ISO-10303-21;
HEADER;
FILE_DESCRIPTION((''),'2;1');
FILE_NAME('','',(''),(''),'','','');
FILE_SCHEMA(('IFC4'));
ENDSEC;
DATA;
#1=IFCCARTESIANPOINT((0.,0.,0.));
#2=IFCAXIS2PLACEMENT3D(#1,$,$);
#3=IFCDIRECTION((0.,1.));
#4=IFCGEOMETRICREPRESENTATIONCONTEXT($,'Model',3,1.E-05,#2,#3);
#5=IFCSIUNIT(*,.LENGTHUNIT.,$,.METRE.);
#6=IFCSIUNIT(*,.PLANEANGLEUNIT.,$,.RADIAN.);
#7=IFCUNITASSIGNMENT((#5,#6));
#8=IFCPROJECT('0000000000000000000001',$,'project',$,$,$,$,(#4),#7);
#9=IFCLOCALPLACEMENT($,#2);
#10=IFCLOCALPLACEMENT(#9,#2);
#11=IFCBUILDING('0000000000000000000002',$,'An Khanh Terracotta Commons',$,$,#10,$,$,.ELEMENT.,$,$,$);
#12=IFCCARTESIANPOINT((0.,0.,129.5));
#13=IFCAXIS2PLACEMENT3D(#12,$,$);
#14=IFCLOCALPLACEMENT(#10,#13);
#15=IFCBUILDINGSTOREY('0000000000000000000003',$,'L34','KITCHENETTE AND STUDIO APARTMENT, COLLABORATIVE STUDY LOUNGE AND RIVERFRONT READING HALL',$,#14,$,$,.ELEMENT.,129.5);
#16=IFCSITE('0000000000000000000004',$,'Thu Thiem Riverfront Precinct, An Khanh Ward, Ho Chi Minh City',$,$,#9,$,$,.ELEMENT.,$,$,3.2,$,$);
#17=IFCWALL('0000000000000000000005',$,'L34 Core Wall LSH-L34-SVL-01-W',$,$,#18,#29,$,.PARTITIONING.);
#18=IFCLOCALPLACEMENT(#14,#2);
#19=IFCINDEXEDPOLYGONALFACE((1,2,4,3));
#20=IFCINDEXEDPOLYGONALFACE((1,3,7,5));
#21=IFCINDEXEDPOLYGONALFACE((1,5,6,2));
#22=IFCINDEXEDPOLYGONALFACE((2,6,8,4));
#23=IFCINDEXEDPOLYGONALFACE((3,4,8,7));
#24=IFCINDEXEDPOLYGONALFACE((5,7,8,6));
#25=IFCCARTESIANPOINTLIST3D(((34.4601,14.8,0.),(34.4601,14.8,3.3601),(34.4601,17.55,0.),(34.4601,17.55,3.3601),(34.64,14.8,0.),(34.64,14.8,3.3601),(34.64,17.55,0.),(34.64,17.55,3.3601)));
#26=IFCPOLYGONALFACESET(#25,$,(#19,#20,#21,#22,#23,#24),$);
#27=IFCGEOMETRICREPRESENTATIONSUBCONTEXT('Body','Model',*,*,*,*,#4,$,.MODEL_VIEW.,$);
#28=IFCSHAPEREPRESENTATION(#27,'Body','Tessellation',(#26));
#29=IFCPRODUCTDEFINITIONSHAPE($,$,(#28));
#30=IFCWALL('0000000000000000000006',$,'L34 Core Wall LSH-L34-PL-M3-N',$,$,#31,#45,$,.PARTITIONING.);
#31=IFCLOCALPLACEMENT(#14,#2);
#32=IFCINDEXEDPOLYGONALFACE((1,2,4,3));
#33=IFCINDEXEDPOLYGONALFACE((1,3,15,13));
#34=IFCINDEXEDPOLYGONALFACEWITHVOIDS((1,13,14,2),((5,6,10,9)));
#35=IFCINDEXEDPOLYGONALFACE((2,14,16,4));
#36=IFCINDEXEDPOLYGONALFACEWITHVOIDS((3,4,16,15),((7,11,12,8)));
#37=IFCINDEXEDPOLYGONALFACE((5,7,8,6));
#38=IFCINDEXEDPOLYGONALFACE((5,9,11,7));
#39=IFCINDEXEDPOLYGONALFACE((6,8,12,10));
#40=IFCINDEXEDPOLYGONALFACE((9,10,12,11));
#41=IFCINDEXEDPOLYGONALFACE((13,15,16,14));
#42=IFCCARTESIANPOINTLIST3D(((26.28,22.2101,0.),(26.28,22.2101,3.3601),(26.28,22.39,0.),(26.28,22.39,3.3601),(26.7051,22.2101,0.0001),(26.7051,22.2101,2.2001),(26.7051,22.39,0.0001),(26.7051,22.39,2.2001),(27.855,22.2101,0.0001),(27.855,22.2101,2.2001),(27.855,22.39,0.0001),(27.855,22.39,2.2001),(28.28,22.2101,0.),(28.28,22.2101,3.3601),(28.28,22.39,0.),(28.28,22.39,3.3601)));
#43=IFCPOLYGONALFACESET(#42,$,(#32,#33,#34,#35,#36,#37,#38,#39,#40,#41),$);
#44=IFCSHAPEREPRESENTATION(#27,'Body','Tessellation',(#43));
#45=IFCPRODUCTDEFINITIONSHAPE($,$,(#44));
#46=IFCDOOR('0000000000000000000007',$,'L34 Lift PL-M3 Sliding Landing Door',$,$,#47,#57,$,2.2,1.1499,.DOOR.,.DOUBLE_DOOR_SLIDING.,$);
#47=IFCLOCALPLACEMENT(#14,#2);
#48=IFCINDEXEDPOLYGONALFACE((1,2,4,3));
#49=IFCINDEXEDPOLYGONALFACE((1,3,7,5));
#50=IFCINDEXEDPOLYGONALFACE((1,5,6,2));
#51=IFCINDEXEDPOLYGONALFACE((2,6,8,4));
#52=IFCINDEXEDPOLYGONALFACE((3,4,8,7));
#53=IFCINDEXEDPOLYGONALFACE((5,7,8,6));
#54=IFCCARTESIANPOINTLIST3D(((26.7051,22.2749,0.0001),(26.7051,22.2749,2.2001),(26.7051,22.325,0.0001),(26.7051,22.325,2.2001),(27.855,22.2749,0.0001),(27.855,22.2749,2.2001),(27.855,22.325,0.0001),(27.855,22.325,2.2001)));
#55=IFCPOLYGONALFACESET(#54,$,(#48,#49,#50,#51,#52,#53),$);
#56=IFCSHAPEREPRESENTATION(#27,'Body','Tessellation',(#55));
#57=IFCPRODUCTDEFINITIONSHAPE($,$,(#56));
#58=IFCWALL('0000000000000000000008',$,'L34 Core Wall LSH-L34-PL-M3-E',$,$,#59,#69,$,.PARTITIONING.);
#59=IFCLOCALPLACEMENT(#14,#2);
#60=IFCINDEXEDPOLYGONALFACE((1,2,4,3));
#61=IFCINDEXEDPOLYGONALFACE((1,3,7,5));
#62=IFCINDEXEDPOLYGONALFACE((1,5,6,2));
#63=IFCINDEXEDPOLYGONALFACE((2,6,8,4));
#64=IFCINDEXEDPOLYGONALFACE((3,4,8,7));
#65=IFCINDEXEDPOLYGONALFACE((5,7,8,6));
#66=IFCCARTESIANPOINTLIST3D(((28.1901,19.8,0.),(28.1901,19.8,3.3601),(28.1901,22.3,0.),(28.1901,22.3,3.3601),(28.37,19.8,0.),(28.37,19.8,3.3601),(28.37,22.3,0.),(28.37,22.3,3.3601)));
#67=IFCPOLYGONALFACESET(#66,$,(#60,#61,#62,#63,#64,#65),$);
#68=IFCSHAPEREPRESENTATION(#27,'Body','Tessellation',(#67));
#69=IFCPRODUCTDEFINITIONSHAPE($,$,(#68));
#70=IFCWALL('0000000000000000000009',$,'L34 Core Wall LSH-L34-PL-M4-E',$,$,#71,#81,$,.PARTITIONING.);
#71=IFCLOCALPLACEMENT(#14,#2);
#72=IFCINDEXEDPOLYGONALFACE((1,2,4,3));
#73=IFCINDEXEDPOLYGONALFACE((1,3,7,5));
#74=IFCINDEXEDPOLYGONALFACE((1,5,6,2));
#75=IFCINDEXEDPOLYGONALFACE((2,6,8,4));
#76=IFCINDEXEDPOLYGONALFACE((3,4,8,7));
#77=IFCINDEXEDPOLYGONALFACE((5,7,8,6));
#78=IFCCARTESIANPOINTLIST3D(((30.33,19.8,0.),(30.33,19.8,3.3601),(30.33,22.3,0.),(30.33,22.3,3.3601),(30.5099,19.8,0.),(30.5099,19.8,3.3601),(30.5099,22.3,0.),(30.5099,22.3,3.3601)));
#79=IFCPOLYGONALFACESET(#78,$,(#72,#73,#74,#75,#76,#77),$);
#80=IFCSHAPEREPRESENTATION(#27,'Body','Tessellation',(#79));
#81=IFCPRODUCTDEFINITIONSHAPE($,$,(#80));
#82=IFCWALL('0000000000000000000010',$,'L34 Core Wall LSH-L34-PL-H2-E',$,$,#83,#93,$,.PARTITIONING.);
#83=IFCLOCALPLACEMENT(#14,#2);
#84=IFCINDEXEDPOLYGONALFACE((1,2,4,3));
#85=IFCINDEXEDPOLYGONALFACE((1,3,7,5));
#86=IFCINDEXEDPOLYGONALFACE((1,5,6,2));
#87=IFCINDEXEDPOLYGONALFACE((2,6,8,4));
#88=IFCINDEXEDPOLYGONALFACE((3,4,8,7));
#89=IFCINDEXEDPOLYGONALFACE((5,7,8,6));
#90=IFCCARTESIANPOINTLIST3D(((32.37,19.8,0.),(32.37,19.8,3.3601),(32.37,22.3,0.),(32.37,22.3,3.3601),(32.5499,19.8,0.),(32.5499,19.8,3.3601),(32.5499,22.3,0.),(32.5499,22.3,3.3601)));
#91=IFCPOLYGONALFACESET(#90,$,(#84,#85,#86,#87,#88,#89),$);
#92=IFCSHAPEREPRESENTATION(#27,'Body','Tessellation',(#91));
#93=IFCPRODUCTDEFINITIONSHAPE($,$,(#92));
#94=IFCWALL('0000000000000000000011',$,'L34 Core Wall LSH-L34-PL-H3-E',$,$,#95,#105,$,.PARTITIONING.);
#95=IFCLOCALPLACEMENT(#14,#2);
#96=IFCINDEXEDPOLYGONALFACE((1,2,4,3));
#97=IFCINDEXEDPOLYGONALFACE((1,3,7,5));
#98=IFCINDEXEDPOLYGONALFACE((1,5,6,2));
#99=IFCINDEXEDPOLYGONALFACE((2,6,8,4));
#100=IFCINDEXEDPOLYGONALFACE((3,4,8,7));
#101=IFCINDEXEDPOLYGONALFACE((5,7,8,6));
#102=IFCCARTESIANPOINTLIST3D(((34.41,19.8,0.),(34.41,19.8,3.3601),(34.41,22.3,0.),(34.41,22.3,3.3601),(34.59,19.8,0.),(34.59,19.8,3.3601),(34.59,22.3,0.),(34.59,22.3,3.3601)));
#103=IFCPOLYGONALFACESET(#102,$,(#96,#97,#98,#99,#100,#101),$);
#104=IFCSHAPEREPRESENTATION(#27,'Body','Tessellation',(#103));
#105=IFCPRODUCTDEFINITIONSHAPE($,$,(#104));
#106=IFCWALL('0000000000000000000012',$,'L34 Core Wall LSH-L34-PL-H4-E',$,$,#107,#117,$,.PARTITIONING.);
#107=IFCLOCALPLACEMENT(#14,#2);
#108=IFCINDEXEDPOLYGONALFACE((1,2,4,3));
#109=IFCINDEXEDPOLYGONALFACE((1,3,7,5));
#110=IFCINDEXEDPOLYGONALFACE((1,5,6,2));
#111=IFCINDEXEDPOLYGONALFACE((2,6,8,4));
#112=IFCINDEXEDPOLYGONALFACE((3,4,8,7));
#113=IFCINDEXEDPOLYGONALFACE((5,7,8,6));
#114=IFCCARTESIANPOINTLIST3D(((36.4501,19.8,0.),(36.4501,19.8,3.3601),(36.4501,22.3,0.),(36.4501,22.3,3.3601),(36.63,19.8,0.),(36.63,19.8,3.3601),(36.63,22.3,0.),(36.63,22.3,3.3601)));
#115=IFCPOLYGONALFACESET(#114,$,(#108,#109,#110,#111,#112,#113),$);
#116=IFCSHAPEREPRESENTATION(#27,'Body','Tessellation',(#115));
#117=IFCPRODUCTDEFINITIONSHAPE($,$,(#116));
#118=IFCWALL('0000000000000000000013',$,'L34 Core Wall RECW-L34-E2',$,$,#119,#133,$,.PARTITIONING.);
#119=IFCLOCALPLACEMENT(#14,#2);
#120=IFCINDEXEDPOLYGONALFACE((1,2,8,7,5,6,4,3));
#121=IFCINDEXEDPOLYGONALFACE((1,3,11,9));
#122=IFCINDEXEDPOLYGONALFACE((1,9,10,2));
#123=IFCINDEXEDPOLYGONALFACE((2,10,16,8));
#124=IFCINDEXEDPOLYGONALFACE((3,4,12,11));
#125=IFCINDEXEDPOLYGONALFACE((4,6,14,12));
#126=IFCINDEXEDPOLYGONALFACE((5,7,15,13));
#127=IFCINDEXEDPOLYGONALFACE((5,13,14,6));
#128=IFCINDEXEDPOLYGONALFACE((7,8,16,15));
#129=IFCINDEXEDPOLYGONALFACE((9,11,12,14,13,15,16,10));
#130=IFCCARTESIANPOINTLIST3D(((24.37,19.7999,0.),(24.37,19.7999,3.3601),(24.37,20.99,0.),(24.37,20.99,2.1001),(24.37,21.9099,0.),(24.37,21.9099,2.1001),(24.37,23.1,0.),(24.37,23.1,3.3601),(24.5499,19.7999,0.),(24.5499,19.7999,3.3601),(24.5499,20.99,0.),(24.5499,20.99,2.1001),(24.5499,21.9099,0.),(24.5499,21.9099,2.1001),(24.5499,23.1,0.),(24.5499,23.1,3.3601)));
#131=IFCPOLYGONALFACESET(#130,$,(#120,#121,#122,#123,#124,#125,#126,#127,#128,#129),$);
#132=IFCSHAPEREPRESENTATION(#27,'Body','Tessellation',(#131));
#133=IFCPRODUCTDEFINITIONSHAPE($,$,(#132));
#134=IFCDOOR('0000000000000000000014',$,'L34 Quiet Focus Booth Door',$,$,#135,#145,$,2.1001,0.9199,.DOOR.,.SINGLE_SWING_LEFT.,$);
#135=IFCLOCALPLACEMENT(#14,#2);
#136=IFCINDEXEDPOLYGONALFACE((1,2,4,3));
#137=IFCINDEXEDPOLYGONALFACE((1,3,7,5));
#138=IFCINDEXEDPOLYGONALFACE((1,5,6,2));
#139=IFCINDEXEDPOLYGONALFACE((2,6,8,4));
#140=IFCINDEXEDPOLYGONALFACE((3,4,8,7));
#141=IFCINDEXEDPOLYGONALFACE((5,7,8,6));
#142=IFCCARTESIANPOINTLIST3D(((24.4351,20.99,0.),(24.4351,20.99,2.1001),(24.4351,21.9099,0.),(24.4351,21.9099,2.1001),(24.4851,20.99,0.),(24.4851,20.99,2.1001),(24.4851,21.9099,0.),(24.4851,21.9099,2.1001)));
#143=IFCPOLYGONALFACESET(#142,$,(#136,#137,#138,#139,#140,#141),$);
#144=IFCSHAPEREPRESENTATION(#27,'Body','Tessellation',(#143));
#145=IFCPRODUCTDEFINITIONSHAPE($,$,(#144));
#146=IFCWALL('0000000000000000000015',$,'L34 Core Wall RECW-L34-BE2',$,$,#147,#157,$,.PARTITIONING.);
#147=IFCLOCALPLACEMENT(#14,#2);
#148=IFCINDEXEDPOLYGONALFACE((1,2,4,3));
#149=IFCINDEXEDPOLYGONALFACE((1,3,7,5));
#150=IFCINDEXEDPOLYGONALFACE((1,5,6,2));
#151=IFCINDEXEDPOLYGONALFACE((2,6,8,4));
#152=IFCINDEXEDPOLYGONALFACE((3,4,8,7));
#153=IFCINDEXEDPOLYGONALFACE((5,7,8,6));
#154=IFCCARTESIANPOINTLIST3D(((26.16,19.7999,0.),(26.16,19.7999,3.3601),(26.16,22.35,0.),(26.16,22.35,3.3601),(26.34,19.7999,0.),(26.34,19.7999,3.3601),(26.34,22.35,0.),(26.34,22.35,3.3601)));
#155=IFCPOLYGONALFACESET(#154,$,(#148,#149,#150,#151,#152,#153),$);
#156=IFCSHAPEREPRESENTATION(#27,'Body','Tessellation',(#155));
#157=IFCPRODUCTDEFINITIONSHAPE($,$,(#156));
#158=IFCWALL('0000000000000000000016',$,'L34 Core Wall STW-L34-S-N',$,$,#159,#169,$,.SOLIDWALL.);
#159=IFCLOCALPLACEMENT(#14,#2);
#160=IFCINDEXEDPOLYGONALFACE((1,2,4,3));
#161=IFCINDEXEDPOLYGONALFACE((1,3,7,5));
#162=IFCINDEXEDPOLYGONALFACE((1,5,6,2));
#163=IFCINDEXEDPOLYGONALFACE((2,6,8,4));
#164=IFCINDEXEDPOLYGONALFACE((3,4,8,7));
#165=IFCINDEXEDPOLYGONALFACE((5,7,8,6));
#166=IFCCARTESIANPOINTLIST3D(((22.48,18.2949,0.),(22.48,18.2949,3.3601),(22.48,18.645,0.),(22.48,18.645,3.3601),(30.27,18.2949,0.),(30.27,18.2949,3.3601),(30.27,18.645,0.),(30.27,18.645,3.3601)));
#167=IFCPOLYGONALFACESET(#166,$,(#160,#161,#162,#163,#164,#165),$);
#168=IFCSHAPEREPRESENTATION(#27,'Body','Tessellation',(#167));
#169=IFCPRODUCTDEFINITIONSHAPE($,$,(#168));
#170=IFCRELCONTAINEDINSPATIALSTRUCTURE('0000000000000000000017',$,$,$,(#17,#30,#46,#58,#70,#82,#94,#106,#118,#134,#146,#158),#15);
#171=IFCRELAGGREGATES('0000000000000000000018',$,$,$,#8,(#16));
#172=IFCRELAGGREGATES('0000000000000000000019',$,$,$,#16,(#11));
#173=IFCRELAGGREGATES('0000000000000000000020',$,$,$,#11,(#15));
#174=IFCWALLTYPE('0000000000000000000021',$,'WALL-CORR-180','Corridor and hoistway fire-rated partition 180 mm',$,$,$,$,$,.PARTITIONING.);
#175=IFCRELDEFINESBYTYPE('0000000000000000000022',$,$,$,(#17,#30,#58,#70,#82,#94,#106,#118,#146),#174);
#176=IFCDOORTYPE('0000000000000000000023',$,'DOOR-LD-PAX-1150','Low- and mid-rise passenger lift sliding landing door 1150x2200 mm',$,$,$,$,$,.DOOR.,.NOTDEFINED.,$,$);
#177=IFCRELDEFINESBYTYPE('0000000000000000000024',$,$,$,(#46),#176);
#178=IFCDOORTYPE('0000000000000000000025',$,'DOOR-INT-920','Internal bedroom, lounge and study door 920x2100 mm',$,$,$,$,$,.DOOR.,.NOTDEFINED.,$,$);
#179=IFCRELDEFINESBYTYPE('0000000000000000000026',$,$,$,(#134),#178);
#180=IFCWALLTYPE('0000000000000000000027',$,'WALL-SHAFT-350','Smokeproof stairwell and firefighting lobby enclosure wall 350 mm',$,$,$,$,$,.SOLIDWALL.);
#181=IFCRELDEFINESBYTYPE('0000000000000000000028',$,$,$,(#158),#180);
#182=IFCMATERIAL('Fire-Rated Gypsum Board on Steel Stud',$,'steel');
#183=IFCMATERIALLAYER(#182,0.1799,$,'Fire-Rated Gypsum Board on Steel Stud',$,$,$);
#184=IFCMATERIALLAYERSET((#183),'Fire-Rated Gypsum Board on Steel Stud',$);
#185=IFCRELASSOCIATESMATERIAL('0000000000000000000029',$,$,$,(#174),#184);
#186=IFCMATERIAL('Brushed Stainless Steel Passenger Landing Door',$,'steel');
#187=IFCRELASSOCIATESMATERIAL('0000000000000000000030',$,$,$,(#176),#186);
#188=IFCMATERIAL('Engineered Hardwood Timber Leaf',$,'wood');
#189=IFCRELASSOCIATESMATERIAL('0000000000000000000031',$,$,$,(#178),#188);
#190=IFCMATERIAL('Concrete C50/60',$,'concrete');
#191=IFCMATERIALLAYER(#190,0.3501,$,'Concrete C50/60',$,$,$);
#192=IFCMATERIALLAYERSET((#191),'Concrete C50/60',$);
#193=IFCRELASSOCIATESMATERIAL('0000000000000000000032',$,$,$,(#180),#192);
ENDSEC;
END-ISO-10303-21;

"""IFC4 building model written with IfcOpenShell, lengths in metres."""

from ifc_helpers import new_model, si_unit, direction, frame, frame_2d, origin, place, context, subcontext, project, spatial, rectangle, extrude, material, layer, layer_set, type_object, element, fill, save


model = new_model("IFC4")

# Units and contexts
model_context = context("Model", 3, precision=1e-05, world=origin(), true_north=direction((0.0, 1.0)))
body_context = subcontext(model_context, "Body", "Model", "MODEL_VIEW")
ifc_project = project(units=[si_unit("LENGTHUNIT", "METRE"), si_unit("PLANEANGLEUNIT", "RADIAN")], contexts=[model_context])

# Site, building, storey
site_placement = place(None, origin())
site = spatial("IfcSite", under=ifc_project, at=site_placement, Name="Thu Thiem Riverfront Precinct, An Khanh Ward, Ho Chi Minh City", CompositionType="ELEMENT", RefElevation=3.2)
building_placement = place(site_placement, origin())
building = spatial("IfcBuilding", under=site, at=building_placement, Name="An Khanh Terracotta Commons", CompositionType="ELEMENT")
storey_placement = place(building_placement, frame((0.0, 0.0, 129.5)))
storey = spatial("IfcBuildingStorey", under=building, at=storey_placement, Name="L34", Description="KITCHENETTE AND STUDIO APARTMENT, COLLABORATIVE STUDY LOUNGE AND RIVERFRONT READING HALL", CompositionType="ELEMENT", Elevation=129.5)

# Shared definitions
ifc_material_1 = material(Name="Fire-Rated Gypsum Board on Steel Stud", Category="steel")
ifc_layer_1 = layer(ifc_material_1, 0.1799, Name="Fire-Rated Gypsum Board on Steel Stud")
ifc_layer_set_1 = layer_set([ifc_layer_1], Name="Fire-Rated Gypsum Board on Steel Stud")
wall_type_1 = type_object("IfcWallType", Name="WALL-CORR-180", Description="Corridor and hoistway fire-rated partition 180 mm", PredefinedType="PARTITIONING", material=ifc_layer_set_1)

# Wall
wall_1_placement = place(storey_placement, frame((34.55, 17.55, 0.0), z_axis=(0.0, 0.0, 1.0), x_axis=(0.0, -1.0, 0.0)))
element("IfcWall", 1, at=wall_1_placement, inside=storey, type_object=wall_type_1, Name="L34 Core Wall LSH-L34-SVL-01-W", PredefinedType="PARTITIONING", context=body_context, shape_type="SweptSolid", body=[
    extrude(rectangle(XDim=2.75, YDim=0.1799, at=frame_2d((1.375, 0.0))), origin(), (0.0, 0.0, 1.0), 3.3601),
])

# Wall, opening, door
wall_2_placement = place(storey_placement, frame((26.28, 22.3, 0.0), z_axis=(0.0, 0.0, 1.0), x_axis=(1.0, 0.0, 0.0)))
wall_2 = element("IfcWall", 2, at=wall_2_placement, inside=storey, type_object=wall_type_1, Name="L34 Core Wall LSH-L34-PL-M3-N", PredefinedType="PARTITIONING", context=body_context, shape_type="SweptSolid", body=[
    extrude(rectangle(XDim=2.0, YDim=0.1799, at=frame_2d((1.0, 0.0))), origin(), (0.0, 0.0, 1.0), 3.3601),
])
opening_1_placement = place(wall_2_placement, frame((0.425, 0.0, 0.0)))
opening_1 = element("IfcOpeningElement", 3, at=opening_1_placement, cuts=wall_2, PredefinedType="OPENING", context=body_context, shape_type="SweptSolid", body=[
    extrude(rectangle(XDim=1.1499, YDim=2.2, at=frame_2d((0.575, 1.1001))), frame((0.0, 0.0999, 0.0), z_axis=(0.0, -1.0, 0.0), x_axis=(1.0, 0.0, 0.0)), (0.0, 0.0, 1.0), 0.2),
])
ifc_material_2 = material(Name="Brushed Stainless Steel Passenger Landing Door", Category="steel")
door_type_1 = type_object("IfcDoorType", Name="DOOR-LD-PAX-1150", Description="Low- and mid-rise passenger lift sliding landing door 1150x2200 mm", OperationType="NOTDEFINED", PredefinedType="DOOR", material=ifc_material_2)
door_1_placement = place(opening_1_placement, origin())
door_1 = element("IfcDoor", 4, at=door_1_placement, inside=storey, type_object=door_type_1, Name="L34 Lift PL-M3 Sliding Landing Door", OperationType="DOUBLE_DOOR_SLIDING", OverallHeight=2.2, OverallWidth=1.1499, PredefinedType="DOOR", context=body_context, shape_type="SweptSolid", body=[
    extrude(rectangle(XDim=1.1499, YDim=2.2, at=frame_2d((0.575, 1.1001))), frame((0.0, 0.0249, 0.0), z_axis=(0.0, -1.0, 0.0), x_axis=(1.0, 0.0, 0.0)), (0.0, 0.0, 1.0), 0.05),
])
fill(opening_1, door_1)

# Walls
for number, where, z_axis, x_axis, name in (
    (5, (28.28, 19.8, 0.0), (0.0, 0.0, 1.0), (0.0, 1.0, 0.0), "L34 Core Wall LSH-L34-PL-M3-E"),
    (6, (30.4199, 19.8, 0.0), (0.0, 0.0, 1.0), (0.0, 1.0, 0.0), "L34 Core Wall LSH-L34-PL-M4-E"),
    (7, (32.46, 19.8, 0.0), (0.0, 0.0, 1.0), (0.0, 1.0, 0.0), "L34 Core Wall LSH-L34-PL-H2-E"),
    (8, (34.5, 19.8, 0.0), (0.0, 0.0, 1.0), (0.0, 1.0, 0.0), "L34 Core Wall LSH-L34-PL-H3-E"),
    (9, (36.54, 19.8, 0.0), (0.0, 0.0, 1.0), (0.0, 1.0, 0.0), "L34 Core Wall LSH-L34-PL-H4-E"),
):
    element("IfcWall", number, at=place(storey_placement, frame(where, z_axis=z_axis, x_axis=x_axis)), inside=storey, type_object=wall_type_1, Name=name, PredefinedType="PARTITIONING", context=body_context, shape_type="SweptSolid", body=[
        extrude(rectangle(XDim=2.5, YDim=0.1799, at=frame_2d((1.25, 0.0))), origin(), (0.0, 0.0, 1.0), 3.3601),
    ])

# Wall, opening, door
wall_3_placement = place(storey_placement, frame((24.46, 19.8, 0.0), z_axis=(0.0, 0.0, 1.0), x_axis=(0.0, 1.0, 0.0)))
wall_3 = element("IfcWall", 10, at=wall_3_placement, inside=storey, type_object=wall_type_1, Name="L34 Core Wall RECW-L34-E2", PredefinedType="PARTITIONING", context=body_context, shape_type="SweptSolid", body=[
    extrude(rectangle(XDim=3.3, YDim=0.1799, at=frame_2d((1.6499, 0.0))), origin(), (0.0, 0.0, 1.0), 3.3601),
])
opening_2_placement = place(wall_3_placement, frame((1.1899, 0.0, 0.0)))
opening_2 = element("IfcOpeningElement", 11, at=opening_2_placement, cuts=wall_3, PredefinedType="OPENING", context=body_context, shape_type="SweptSolid", body=[
    extrude(rectangle(XDim=0.9199, YDim=2.1001, at=frame_2d((0.46, 1.05))), frame((0.0, 0.0999, 0.0), z_axis=(0.0, -1.0, 0.0), x_axis=(1.0, 0.0, 0.0)), (0.0, 0.0, 1.0), 0.2),
])
ifc_material_3 = material(Name="Engineered Hardwood Timber Leaf", Category="wood")
door_type_2 = type_object("IfcDoorType", Name="DOOR-INT-920", Description="Internal bedroom, lounge and study door 920x2100 mm", OperationType="NOTDEFINED", PredefinedType="DOOR", material=ifc_material_3)
door_2_placement = place(opening_2_placement, origin())
door_2 = element("IfcDoor", 12, at=door_2_placement, inside=storey, type_object=door_type_2, Name="L34 Quiet Focus Booth Door", OperationType="SINGLE_SWING_LEFT", OverallHeight=2.1001, OverallWidth=0.9199, PredefinedType="DOOR", context=body_context, shape_type="SweptSolid", body=[
    extrude(rectangle(XDim=0.9199, YDim=2.1001, at=frame_2d((0.46, 1.05))), frame((0.0, 0.0249, 0.0), z_axis=(0.0, -1.0, 0.0), x_axis=(1.0, 0.0, 0.0)), (0.0, 0.0, 1.0), 0.05),
])
fill(opening_2, door_2)

# Walls
wall_4_placement = place(storey_placement, frame((26.25, 19.8, 0.0), z_axis=(0.0, 0.0, 1.0), x_axis=(0.0, 1.0, 0.0)))
element("IfcWall", 13, at=wall_4_placement, inside=storey, type_object=wall_type_1, Name="L34 Core Wall RECW-L34-BE2", PredefinedType="PARTITIONING", context=body_context, shape_type="SweptSolid", body=[
    extrude(rectangle(XDim=2.55, YDim=0.1799, at=frame_2d((1.2749, 0.0))), origin(), (0.0, 0.0, 1.0), 3.3601),
])
ifc_material_4 = material(Name="Concrete C50/60", Category="concrete")
ifc_layer_2 = layer(ifc_material_4, 0.3501, Name="Concrete C50/60")
ifc_layer_set_2 = layer_set([ifc_layer_2], Name="Concrete C50/60")
wall_type_2 = type_object("IfcWallType", Name="WALL-SHAFT-350", Description="Smokeproof stairwell and firefighting lobby enclosure wall 350 mm", PredefinedType="SOLIDWALL", material=ifc_layer_set_2)
wall_5_placement = place(storey_placement, frame((22.48, 18.47, 0.0), z_axis=(0.0, 0.0, 1.0), x_axis=(1.0, 0.0, 0.0)))
element("IfcWall", 14, at=wall_5_placement, inside=storey, type_object=wall_type_2, Name="L34 Core Wall STW-L34-S-N", PredefinedType="SOLIDWALL", context=body_context, shape_type="SweptSolid", body=[
    extrude(rectangle(XDim=7.79, YDim=0.3501, at=frame_2d((3.895, 0.0))), origin(), (0.0, 0.0, 1.0), 3.3601),
])

save(model, "model.ifc")
